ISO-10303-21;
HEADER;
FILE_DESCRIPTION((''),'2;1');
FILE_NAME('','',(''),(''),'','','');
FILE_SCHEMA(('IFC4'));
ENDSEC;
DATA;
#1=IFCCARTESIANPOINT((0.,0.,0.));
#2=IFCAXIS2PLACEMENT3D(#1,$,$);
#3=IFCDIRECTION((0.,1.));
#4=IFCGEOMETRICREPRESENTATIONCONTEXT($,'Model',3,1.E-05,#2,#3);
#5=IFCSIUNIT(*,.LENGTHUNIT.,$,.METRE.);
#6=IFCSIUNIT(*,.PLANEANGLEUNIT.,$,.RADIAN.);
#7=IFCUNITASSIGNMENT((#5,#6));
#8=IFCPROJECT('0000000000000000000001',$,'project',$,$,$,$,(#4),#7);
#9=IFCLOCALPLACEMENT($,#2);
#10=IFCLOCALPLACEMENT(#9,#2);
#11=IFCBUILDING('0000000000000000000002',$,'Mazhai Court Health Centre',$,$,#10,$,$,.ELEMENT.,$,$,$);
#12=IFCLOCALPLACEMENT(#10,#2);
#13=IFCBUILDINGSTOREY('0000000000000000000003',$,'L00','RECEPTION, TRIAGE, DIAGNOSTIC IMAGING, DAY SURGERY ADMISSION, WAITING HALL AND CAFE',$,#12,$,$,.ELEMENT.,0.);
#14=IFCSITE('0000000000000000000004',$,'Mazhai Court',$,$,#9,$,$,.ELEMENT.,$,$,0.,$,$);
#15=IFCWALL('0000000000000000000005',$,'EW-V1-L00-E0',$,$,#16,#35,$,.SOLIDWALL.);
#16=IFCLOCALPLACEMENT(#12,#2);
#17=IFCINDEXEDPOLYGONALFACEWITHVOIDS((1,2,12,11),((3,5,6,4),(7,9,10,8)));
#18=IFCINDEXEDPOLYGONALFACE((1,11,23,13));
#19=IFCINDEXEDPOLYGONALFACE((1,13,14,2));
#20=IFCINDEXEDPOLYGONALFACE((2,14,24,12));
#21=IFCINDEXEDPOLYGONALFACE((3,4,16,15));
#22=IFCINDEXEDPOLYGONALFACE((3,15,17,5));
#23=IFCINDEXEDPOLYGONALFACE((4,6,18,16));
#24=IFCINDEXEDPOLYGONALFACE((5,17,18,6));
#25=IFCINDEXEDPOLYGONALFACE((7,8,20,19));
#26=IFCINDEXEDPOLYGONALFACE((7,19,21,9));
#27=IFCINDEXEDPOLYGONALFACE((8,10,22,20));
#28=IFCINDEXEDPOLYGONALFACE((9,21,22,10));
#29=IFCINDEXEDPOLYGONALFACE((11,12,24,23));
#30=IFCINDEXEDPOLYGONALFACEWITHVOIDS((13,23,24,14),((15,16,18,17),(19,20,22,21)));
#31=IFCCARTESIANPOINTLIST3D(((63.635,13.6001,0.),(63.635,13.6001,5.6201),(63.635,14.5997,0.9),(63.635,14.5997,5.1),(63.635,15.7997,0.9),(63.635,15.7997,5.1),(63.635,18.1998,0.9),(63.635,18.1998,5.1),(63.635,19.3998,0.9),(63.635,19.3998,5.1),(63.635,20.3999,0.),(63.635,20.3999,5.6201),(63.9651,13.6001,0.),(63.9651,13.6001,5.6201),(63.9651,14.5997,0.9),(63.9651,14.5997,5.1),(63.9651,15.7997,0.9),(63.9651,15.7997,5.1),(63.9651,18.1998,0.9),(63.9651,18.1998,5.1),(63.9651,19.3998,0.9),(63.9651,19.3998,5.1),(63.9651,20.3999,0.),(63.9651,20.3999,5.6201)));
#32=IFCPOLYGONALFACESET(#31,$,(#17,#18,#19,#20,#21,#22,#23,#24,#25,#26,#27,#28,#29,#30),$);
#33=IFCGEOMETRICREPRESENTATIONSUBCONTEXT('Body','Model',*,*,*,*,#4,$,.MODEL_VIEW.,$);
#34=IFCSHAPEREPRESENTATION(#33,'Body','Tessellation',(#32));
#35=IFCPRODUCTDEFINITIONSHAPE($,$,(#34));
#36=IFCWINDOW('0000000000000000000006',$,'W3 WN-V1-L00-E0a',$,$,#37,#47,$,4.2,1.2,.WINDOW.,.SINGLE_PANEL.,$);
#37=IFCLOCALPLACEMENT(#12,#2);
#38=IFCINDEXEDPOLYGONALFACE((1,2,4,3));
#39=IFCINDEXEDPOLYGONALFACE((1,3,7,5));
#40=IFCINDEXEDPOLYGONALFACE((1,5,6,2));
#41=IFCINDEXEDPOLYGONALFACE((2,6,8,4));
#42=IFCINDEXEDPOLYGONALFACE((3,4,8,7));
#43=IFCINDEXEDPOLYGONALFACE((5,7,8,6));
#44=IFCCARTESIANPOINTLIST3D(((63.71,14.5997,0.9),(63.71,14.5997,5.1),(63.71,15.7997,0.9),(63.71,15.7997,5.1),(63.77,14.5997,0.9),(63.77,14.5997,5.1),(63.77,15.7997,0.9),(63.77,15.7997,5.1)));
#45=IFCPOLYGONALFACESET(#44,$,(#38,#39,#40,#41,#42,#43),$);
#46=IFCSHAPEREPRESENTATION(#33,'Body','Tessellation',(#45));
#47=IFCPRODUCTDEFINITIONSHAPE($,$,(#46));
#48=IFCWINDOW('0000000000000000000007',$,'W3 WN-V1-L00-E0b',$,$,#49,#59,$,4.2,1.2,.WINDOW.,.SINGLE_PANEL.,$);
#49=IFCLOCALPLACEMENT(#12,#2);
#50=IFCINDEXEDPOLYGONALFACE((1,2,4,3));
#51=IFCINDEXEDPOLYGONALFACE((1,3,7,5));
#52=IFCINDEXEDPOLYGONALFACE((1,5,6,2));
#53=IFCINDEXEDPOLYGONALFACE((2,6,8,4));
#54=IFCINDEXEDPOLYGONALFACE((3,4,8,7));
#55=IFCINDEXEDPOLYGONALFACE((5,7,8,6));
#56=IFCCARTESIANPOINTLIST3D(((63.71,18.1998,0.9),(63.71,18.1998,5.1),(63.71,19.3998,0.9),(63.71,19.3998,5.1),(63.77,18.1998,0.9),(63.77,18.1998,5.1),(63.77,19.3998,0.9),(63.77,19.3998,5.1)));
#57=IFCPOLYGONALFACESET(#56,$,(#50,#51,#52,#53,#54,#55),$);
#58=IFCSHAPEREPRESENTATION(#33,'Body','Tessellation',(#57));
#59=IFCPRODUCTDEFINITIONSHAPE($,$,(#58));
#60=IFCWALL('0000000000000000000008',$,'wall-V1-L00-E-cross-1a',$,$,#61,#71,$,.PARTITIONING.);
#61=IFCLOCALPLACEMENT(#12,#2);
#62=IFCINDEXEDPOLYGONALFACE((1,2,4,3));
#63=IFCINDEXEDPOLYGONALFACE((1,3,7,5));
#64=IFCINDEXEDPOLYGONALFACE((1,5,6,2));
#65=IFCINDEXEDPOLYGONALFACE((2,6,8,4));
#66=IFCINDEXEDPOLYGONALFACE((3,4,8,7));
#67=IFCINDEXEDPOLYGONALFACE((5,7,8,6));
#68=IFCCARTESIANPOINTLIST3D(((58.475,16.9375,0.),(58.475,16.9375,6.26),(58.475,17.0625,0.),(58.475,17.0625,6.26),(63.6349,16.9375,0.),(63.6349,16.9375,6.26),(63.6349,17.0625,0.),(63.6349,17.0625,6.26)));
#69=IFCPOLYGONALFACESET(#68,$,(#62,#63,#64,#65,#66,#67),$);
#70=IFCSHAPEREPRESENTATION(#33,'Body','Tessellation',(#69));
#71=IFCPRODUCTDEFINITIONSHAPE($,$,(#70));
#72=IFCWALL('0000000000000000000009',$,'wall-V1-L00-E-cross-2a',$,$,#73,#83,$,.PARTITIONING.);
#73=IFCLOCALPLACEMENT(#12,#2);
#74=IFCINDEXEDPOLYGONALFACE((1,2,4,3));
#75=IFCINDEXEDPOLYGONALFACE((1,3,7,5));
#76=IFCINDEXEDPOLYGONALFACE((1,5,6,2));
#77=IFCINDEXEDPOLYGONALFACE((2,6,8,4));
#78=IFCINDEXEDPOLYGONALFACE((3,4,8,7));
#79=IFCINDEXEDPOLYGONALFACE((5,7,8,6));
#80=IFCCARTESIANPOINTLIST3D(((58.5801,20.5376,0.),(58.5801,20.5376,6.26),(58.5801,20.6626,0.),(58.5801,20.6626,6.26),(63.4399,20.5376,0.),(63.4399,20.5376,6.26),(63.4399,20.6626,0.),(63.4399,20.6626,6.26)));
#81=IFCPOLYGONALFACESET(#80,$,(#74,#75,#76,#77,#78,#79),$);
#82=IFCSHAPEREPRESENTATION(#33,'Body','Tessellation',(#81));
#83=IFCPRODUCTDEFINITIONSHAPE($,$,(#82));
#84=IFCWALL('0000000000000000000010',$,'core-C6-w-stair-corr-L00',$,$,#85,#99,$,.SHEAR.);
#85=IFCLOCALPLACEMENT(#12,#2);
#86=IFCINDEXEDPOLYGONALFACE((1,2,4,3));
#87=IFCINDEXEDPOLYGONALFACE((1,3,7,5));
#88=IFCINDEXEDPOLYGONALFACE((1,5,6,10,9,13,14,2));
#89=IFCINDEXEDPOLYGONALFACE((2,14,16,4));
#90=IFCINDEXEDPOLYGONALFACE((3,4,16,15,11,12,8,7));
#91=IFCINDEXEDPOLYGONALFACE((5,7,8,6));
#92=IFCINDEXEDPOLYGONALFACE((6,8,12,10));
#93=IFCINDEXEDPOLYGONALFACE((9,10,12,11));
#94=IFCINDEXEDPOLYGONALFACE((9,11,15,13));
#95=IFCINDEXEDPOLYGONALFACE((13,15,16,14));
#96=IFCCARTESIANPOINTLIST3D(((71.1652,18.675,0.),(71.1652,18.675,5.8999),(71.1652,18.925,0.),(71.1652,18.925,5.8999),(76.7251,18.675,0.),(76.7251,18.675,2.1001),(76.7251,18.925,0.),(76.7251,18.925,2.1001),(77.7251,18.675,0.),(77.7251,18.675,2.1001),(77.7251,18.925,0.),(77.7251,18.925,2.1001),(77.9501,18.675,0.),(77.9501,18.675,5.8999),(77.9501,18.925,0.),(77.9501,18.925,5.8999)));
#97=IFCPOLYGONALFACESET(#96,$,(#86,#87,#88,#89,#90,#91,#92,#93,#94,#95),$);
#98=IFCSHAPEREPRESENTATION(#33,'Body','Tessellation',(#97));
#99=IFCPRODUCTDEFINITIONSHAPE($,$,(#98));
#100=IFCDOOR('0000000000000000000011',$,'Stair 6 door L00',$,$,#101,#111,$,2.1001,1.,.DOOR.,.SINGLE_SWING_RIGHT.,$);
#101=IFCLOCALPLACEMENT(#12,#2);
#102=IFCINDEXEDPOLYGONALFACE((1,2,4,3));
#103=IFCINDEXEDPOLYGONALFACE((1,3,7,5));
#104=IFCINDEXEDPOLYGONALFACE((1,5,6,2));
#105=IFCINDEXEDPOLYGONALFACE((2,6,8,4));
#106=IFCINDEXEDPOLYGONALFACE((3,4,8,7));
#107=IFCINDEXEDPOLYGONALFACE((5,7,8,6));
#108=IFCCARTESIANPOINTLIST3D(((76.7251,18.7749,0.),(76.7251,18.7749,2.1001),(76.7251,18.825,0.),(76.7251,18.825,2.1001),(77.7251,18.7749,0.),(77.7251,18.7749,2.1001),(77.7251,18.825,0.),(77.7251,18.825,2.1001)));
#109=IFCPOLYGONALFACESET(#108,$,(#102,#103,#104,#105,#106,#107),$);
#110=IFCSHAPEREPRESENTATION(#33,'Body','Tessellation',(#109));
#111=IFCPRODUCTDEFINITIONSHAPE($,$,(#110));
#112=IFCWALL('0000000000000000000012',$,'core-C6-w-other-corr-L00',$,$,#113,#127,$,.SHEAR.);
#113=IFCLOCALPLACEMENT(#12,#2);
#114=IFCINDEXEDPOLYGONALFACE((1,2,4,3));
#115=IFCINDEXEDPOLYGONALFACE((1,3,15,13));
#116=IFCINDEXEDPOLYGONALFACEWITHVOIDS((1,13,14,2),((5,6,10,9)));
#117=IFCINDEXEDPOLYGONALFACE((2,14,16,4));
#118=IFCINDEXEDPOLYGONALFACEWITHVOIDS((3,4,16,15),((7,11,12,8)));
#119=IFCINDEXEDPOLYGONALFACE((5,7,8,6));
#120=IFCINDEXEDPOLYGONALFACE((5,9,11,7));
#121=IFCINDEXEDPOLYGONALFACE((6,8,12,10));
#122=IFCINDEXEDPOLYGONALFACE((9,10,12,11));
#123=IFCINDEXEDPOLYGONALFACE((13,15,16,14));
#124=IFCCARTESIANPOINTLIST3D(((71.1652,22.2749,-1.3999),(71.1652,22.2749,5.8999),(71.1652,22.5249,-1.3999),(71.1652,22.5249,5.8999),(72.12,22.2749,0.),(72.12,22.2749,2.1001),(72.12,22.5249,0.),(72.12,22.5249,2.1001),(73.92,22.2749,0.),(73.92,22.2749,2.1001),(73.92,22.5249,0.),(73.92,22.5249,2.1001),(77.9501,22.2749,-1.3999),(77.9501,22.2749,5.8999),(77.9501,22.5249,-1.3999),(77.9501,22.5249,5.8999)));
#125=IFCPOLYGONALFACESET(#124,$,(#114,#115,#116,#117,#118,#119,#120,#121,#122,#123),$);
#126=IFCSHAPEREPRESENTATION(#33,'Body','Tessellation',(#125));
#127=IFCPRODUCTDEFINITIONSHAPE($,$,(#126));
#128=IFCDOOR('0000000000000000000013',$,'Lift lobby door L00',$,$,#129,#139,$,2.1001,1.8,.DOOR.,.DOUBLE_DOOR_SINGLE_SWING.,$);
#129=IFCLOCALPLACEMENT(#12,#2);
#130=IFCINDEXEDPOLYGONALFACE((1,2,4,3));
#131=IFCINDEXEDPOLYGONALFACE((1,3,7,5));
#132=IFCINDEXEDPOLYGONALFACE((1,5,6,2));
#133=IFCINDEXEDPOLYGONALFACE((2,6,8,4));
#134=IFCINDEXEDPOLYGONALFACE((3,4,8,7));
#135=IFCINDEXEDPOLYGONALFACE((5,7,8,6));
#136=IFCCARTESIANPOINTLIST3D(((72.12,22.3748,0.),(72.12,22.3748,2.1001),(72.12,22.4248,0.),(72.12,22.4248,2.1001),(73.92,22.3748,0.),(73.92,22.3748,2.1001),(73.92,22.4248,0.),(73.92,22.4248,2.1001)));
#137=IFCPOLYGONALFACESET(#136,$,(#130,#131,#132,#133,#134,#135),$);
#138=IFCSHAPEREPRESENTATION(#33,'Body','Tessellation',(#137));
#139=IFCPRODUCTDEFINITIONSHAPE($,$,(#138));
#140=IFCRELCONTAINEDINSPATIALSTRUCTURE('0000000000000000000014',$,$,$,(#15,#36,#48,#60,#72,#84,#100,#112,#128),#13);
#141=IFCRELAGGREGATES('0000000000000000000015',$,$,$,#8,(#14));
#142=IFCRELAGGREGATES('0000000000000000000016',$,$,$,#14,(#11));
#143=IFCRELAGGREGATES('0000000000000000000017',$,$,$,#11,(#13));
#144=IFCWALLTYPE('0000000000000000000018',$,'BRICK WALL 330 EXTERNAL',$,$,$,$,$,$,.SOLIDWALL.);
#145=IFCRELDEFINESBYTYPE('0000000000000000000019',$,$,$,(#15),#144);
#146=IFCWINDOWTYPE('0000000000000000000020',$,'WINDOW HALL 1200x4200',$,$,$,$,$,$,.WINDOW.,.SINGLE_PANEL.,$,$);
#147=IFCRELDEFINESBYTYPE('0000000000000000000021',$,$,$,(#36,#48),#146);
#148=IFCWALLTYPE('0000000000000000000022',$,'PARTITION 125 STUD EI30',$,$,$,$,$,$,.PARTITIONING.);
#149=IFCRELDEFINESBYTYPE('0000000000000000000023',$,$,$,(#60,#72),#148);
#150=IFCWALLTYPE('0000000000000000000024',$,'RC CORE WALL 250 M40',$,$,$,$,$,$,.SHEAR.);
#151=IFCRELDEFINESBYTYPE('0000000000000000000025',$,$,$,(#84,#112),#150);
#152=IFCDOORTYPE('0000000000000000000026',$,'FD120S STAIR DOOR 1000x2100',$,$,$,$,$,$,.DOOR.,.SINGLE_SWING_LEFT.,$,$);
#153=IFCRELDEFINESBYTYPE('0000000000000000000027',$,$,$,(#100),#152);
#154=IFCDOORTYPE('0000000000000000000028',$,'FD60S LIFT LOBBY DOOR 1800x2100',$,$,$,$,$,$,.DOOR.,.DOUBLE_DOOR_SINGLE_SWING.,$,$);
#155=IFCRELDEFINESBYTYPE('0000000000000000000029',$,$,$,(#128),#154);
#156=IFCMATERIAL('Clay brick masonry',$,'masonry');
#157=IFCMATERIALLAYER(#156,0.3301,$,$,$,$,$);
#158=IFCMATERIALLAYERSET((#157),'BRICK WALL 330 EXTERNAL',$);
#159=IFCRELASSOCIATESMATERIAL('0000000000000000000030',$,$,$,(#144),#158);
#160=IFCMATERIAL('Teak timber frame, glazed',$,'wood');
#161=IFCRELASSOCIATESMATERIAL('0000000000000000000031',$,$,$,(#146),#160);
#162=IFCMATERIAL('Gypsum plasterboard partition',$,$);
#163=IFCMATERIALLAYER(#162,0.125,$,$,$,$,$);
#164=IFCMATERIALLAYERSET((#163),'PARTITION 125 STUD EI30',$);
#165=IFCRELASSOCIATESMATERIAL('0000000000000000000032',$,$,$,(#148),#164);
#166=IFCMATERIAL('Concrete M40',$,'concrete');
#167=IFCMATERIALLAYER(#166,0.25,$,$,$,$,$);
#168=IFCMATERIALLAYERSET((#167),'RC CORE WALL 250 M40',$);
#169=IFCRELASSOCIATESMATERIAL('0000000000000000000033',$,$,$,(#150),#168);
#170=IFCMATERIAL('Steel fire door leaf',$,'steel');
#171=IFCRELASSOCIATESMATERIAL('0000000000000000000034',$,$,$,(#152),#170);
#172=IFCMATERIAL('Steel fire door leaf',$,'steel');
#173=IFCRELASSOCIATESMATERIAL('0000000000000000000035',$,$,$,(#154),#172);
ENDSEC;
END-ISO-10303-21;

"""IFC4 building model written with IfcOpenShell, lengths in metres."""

from ifc_helpers import new_model, si_unit, direction, frame, frame_2d, origin, place, context, subcontext, project, spatial, rectangle, extrude, material, layer, layer_set, type_object, element, fill, save


model = new_model("IFC4")

# Units and contexts
model_context = context("Model", 3, precision=1e-05, world=origin(), true_north=direction((0.0, 1.0)))
body_context = subcontext(model_context, "Body", "Model", "MODEL_VIEW")
ifc_project = project(units=[si_unit("LENGTHUNIT", "METRE"), si_unit("PLANEANGLEUNIT", "RADIAN")], contexts=[model_context])

# Site, building, storey
site_placement = place(None, origin())
site = spatial("IfcSite", under=ifc_project, at=site_placement, Name="Mazhai Court", CompositionType="ELEMENT", RefElevation=0.0)
building_placement = place(site_placement, origin())
building = spatial("IfcBuilding", under=site, at=building_placement, Name="Mazhai Court Health Centre", CompositionType="ELEMENT")
storey_placement = place(building_placement, origin())
storey = spatial("IfcBuildingStorey", under=building, at=storey_placement, Name="L00", Description="RECEPTION, TRIAGE, DIAGNOSTIC IMAGING, DAY SURGERY ADMISSION, WAITING HALL AND CAFE", CompositionType="ELEMENT", Elevation=0.0)

# Wall, openings, windows
ifc_material_1 = material(Name="Clay brick masonry", Category="masonry")
ifc_layer_1 = layer(ifc_material_1, 0.3301)
ifc_layer_set_1 = layer_set([ifc_layer_1], Name="BRICK WALL 330 EXTERNAL")
wall_type_1 = type_object("IfcWallType", Name="BRICK WALL 330 EXTERNAL", PredefinedType="SOLIDWALL", material=ifc_layer_set_1)
wall_1_placement = place(storey_placement, frame((63.8, 20.3999, 0.0), z_axis=(0.0, 0.0, 1.0), x_axis=(0.0, -1.0, 0.0)))
wall_1 = element("IfcWall", 1, at=wall_1_placement, inside=storey, type_object=wall_type_1, Name="EW-V1-L00-E0", PredefinedType="SOLIDWALL", context=body_context, shape_type="SweptSolid", body=[
    extrude(rectangle(XDim=6.7998, YDim=0.3301, at=frame_2d((3.3999, 0.0))), origin(), (0.0, 0.0, 1.0), 5.6201),
])
opening_1_placement = place(wall_1_placement, frame((4.6001, 0.0, 0.8999)))
opening_1 = element("IfcOpeningElement", 2, at=opening_1_placement, cuts=wall_1, PredefinedType="OPENING", context=body_context, shape_type="SweptSolid", body=[
    extrude(rectangle(XDim=1.2, YDim=4.2, at=frame_2d((0.6001, 2.1001))), frame((0.0, 0.175, 0.0), z_axis=(0.0, -1.0, 0.0), x_axis=(1.0, 0.0, 0.0)), (0.0, 0.0, 1.0), 0.3501),
])
opening_2_placement = place(wall_1_placement, frame((1.0, 0.0, 0.8999)))
opening_2 = element("IfcOpeningElement", 3, at=opening_2_placement, cuts=wall_1, PredefinedType="OPENING", context=body_context, shape_type="SweptSolid", body=[
    extrude(rectangle(XDim=1.2, YDim=4.2, at=frame_2d((0.6001, 2.1001))), frame((0.0, 0.175, 0.0), z_axis=(0.0, -1.0, 0.0), x_axis=(1.0, 0.0, 0.0)), (0.0, 0.0, 1.0), 0.3501),
])
ifc_material_2 = material(Name="Teak timber frame, glazed", Category="wood")
window_type = type_object("IfcWindowType", Name="WINDOW HALL 1200x4200", PartitioningType="SINGLE_PANEL", PredefinedType="WINDOW", material=ifc_material_2)
window_1_placement = place(opening_1_placement, origin())
window_1 = element("IfcWindow", 4, at=window_1_placement, inside=storey, type_object=window_type, Name="W3 WN-V1-L00-E0a", OverallHeight=4.2, OverallWidth=1.2, PartitioningType="SINGLE_PANEL", PredefinedType="WINDOW", context=body_context, shape_type="SweptSolid", body=[
    extrude(rectangle(XDim=1.2, YDim=4.2, at=frame_2d((0.6001, 2.1001))), frame((0.0, -0.03, 0.0), z_axis=(0.0, -1.0, 0.0), x_axis=(1.0, 0.0, 0.0)), (0.0, 0.0, 1.0), 0.0601),
])
fill(opening_1, window_1)
window_2_placement = place(opening_2_placement, origin())
window_2 = element("IfcWindow", 5, at=window_2_placement, inside=storey, type_object=window_type, Name="W3 WN-V1-L00-E0b", OverallHeight=4.2, OverallWidth=1.2, PartitioningType="SINGLE_PANEL", PredefinedType="WINDOW", context=body_context, shape_type="SweptSolid", body=[
    extrude(rectangle(XDim=1.2, YDim=4.2, at=frame_2d((0.6001, 2.1001))), frame((0.0, -0.03, 0.0), z_axis=(0.0, -1.0, 0.0), x_axis=(1.0, 0.0, 0.0)), (0.0, 0.0, 1.0), 0.0601),
])
fill(opening_2, window_2)

# Walls
ifc_material_3 = material(Name="Gypsum plasterboard partition")
ifc_layer_2 = layer(ifc_material_3, 0.125)
ifc_layer_set_2 = layer_set([ifc_layer_2], Name="PARTITION 125 STUD EI30")
wall_type_2 = type_object("IfcWallType", Name="PARTITION 125 STUD EI30", PredefinedType="PARTITIONING", material=ifc_layer_set_2)
wall_2_placement = place(storey_placement, frame((63.635, 17.0, 0.0), z_axis=(0.0, 0.0, 1.0), x_axis=(-1.0, 0.0, 0.0)))
element("IfcWall", 6, at=wall_2_placement, inside=storey, type_object=wall_type_2, Name="wall-V1-L00-E-cross-1a", PredefinedType="PARTITIONING", context=body_context, shape_type="SweptSolid", body=[
    extrude(rectangle(XDim=5.1599, YDim=0.125, at=frame_2d((2.5801, 0.0))), origin(), (0.0, 0.0, 1.0), 6.26),
])
wall_3_placement = place(storey_placement, frame((63.4399, 20.6001, 0.0), z_axis=(0.0, 0.0, 1.0), x_axis=(-1.0, 0.0, 0.0)))
element("IfcWall", 7, at=wall_3_placement, inside=storey, type_object=wall_type_2, Name="wall-V1-L00-E-cross-2a", PredefinedType="PARTITIONING", context=body_context, shape_type="SweptSolid", body=[
    extrude(rectangle(XDim=4.8599, YDim=0.125, at=frame_2d((2.4299, 0.0))), origin(), (0.0, 0.0, 1.0), 6.26),
])

# Walls, openings, doors
ifc_material_4 = material(Name="Concrete M40", Category="concrete")
ifc_layer_3 = layer(ifc_material_4, 0.25)
ifc_layer_set_3 = layer_set([ifc_layer_3], Name="RC CORE WALL 250 M40")
wall_type_3 = type_object("IfcWallType", Name="RC CORE WALL 250 M40", PredefinedType="SHEAR", material=ifc_layer_set_3)
wall_4_placement = place(storey_placement, frame((71.165, 18.8, 0.0), z_axis=(0.0, 0.0, 1.0), x_axis=(1.0, 0.0, 0.0)))
wall_4 = element("IfcWall", 8, at=wall_4_placement, inside=storey, type_object=wall_type_3, Name="core-C6-w-stair-corr-L00", PredefinedType="SHEAR", context=body_context, shape_type="SweptSolid", body=[
    extrude(rectangle(XDim=6.7849, YDim=0.25, at=frame_2d((3.3926, 0.0))), origin(), (0.0, 0.0, 1.0), 5.8999),
])
opening_3_placement = place(wall_4_placement, frame((5.5601, 0.0, 0.0)))
opening_3 = element("IfcOpeningElement", 9, at=opening_3_placement, cuts=wall_4, PredefinedType="OPENING", context=body_context, shape_type="SweptSolid", body=[
    extrude(rectangle(XDim=1.0, YDim=2.1001, at=frame_2d((0.5, 1.05))), frame((0.0, 0.135, 0.0), z_axis=(0.0, -1.0, 0.0), x_axis=(1.0, 0.0, 0.0)), (0.0, 0.0, 1.0), 0.27),
])
ifc_material_5 = material(Name="Steel fire door leaf", Category="steel")
door_type_1 = type_object("IfcDoorType", Name="FD120S STAIR DOOR 1000x2100", OperationType="SINGLE_SWING_LEFT", PredefinedType="DOOR", material=ifc_material_5)
door_1_placement = place(opening_3_placement, origin())
door_1 = element("IfcDoor", 10, at=door_1_placement, inside=storey, type_object=door_type_1, Name="Stair 6 door L00", OperationType="SINGLE_SWING_RIGHT", OverallHeight=2.1001, OverallWidth=1.0, PredefinedType="DOOR", context=body_context, shape_type="SweptSolid", body=[
    extrude(rectangle(XDim=1.0, YDim=2.1001, at=frame_2d((0.5, 1.05))), frame((0.0, 0.0249, 0.0), z_axis=(0.0, -1.0, 0.0), x_axis=(1.0, 0.0, 0.0)), (0.0, 0.0, 1.0), 0.05),
])
fill(opening_3, door_1)
wall_5_placement = place(storey_placement, frame((71.165, 22.3999, -1.3999), z_axis=(0.0, 0.0, 1.0), x_axis=(1.0, 0.0, 0.0)))
wall_5 = element("IfcWall", 11, at=wall_5_placement, inside=storey, type_object=wall_type_3, Name="core-C6-w-other-corr-L00", PredefinedType="SHEAR", context=body_context, shape_type="SweptSolid", body=[
    extrude(rectangle(XDim=6.7849, YDim=0.25, at=frame_2d((3.3926, 0.0))), origin(), (0.0, 0.0, 1.0), 7.2998),
])
opening_4_placement = place(wall_5_placement, frame((0.9551, 0.0, 1.3999)))
opening_4 = element("IfcOpeningElement", 12, at=opening_4_placement, cuts=wall_5, PredefinedType="OPENING", context=body_context, shape_type="SweptSolid", body=[
    extrude(rectangle(XDim=1.8, YDim=2.1001, at=frame_2d((0.8999, 1.05))), frame((0.0, 0.135, 0.0), z_axis=(0.0, -1.0, 0.0), x_axis=(1.0, 0.0, 0.0)), (0.0, 0.0, 1.0), 0.27),
])
ifc_material_6 = material(Name="Steel fire door leaf", Category="steel")
door_type_2 = type_object("IfcDoorType", Name="FD60S LIFT LOBBY DOOR 1800x2100", OperationType="DOUBLE_DOOR_SINGLE_SWING", PredefinedType="DOOR", material=ifc_material_6)
door_2_placement = place(opening_4_placement, origin())
door_2 = element("IfcDoor", 13, at=door_2_placement, inside=storey, type_object=door_type_2, Name="Lift lobby door L00", OperationType="DOUBLE_DOOR_SINGLE_SWING", OverallHeight=2.1001, OverallWidth=1.8, PredefinedType="DOOR", context=body_context, shape_type="SweptSolid", body=[
    extrude(rectangle(XDim=1.8, YDim=2.1001, at=frame_2d((0.8999, 1.05))), frame((0.0, 0.0249, 0.0), z_axis=(0.0, -1.0, 0.0), x_axis=(1.0, 0.0, 0.0)), (0.0, 0.0, 1.0), 0.05),
])
fill(opening_4, door_2)

save(model, "model.ifc")
